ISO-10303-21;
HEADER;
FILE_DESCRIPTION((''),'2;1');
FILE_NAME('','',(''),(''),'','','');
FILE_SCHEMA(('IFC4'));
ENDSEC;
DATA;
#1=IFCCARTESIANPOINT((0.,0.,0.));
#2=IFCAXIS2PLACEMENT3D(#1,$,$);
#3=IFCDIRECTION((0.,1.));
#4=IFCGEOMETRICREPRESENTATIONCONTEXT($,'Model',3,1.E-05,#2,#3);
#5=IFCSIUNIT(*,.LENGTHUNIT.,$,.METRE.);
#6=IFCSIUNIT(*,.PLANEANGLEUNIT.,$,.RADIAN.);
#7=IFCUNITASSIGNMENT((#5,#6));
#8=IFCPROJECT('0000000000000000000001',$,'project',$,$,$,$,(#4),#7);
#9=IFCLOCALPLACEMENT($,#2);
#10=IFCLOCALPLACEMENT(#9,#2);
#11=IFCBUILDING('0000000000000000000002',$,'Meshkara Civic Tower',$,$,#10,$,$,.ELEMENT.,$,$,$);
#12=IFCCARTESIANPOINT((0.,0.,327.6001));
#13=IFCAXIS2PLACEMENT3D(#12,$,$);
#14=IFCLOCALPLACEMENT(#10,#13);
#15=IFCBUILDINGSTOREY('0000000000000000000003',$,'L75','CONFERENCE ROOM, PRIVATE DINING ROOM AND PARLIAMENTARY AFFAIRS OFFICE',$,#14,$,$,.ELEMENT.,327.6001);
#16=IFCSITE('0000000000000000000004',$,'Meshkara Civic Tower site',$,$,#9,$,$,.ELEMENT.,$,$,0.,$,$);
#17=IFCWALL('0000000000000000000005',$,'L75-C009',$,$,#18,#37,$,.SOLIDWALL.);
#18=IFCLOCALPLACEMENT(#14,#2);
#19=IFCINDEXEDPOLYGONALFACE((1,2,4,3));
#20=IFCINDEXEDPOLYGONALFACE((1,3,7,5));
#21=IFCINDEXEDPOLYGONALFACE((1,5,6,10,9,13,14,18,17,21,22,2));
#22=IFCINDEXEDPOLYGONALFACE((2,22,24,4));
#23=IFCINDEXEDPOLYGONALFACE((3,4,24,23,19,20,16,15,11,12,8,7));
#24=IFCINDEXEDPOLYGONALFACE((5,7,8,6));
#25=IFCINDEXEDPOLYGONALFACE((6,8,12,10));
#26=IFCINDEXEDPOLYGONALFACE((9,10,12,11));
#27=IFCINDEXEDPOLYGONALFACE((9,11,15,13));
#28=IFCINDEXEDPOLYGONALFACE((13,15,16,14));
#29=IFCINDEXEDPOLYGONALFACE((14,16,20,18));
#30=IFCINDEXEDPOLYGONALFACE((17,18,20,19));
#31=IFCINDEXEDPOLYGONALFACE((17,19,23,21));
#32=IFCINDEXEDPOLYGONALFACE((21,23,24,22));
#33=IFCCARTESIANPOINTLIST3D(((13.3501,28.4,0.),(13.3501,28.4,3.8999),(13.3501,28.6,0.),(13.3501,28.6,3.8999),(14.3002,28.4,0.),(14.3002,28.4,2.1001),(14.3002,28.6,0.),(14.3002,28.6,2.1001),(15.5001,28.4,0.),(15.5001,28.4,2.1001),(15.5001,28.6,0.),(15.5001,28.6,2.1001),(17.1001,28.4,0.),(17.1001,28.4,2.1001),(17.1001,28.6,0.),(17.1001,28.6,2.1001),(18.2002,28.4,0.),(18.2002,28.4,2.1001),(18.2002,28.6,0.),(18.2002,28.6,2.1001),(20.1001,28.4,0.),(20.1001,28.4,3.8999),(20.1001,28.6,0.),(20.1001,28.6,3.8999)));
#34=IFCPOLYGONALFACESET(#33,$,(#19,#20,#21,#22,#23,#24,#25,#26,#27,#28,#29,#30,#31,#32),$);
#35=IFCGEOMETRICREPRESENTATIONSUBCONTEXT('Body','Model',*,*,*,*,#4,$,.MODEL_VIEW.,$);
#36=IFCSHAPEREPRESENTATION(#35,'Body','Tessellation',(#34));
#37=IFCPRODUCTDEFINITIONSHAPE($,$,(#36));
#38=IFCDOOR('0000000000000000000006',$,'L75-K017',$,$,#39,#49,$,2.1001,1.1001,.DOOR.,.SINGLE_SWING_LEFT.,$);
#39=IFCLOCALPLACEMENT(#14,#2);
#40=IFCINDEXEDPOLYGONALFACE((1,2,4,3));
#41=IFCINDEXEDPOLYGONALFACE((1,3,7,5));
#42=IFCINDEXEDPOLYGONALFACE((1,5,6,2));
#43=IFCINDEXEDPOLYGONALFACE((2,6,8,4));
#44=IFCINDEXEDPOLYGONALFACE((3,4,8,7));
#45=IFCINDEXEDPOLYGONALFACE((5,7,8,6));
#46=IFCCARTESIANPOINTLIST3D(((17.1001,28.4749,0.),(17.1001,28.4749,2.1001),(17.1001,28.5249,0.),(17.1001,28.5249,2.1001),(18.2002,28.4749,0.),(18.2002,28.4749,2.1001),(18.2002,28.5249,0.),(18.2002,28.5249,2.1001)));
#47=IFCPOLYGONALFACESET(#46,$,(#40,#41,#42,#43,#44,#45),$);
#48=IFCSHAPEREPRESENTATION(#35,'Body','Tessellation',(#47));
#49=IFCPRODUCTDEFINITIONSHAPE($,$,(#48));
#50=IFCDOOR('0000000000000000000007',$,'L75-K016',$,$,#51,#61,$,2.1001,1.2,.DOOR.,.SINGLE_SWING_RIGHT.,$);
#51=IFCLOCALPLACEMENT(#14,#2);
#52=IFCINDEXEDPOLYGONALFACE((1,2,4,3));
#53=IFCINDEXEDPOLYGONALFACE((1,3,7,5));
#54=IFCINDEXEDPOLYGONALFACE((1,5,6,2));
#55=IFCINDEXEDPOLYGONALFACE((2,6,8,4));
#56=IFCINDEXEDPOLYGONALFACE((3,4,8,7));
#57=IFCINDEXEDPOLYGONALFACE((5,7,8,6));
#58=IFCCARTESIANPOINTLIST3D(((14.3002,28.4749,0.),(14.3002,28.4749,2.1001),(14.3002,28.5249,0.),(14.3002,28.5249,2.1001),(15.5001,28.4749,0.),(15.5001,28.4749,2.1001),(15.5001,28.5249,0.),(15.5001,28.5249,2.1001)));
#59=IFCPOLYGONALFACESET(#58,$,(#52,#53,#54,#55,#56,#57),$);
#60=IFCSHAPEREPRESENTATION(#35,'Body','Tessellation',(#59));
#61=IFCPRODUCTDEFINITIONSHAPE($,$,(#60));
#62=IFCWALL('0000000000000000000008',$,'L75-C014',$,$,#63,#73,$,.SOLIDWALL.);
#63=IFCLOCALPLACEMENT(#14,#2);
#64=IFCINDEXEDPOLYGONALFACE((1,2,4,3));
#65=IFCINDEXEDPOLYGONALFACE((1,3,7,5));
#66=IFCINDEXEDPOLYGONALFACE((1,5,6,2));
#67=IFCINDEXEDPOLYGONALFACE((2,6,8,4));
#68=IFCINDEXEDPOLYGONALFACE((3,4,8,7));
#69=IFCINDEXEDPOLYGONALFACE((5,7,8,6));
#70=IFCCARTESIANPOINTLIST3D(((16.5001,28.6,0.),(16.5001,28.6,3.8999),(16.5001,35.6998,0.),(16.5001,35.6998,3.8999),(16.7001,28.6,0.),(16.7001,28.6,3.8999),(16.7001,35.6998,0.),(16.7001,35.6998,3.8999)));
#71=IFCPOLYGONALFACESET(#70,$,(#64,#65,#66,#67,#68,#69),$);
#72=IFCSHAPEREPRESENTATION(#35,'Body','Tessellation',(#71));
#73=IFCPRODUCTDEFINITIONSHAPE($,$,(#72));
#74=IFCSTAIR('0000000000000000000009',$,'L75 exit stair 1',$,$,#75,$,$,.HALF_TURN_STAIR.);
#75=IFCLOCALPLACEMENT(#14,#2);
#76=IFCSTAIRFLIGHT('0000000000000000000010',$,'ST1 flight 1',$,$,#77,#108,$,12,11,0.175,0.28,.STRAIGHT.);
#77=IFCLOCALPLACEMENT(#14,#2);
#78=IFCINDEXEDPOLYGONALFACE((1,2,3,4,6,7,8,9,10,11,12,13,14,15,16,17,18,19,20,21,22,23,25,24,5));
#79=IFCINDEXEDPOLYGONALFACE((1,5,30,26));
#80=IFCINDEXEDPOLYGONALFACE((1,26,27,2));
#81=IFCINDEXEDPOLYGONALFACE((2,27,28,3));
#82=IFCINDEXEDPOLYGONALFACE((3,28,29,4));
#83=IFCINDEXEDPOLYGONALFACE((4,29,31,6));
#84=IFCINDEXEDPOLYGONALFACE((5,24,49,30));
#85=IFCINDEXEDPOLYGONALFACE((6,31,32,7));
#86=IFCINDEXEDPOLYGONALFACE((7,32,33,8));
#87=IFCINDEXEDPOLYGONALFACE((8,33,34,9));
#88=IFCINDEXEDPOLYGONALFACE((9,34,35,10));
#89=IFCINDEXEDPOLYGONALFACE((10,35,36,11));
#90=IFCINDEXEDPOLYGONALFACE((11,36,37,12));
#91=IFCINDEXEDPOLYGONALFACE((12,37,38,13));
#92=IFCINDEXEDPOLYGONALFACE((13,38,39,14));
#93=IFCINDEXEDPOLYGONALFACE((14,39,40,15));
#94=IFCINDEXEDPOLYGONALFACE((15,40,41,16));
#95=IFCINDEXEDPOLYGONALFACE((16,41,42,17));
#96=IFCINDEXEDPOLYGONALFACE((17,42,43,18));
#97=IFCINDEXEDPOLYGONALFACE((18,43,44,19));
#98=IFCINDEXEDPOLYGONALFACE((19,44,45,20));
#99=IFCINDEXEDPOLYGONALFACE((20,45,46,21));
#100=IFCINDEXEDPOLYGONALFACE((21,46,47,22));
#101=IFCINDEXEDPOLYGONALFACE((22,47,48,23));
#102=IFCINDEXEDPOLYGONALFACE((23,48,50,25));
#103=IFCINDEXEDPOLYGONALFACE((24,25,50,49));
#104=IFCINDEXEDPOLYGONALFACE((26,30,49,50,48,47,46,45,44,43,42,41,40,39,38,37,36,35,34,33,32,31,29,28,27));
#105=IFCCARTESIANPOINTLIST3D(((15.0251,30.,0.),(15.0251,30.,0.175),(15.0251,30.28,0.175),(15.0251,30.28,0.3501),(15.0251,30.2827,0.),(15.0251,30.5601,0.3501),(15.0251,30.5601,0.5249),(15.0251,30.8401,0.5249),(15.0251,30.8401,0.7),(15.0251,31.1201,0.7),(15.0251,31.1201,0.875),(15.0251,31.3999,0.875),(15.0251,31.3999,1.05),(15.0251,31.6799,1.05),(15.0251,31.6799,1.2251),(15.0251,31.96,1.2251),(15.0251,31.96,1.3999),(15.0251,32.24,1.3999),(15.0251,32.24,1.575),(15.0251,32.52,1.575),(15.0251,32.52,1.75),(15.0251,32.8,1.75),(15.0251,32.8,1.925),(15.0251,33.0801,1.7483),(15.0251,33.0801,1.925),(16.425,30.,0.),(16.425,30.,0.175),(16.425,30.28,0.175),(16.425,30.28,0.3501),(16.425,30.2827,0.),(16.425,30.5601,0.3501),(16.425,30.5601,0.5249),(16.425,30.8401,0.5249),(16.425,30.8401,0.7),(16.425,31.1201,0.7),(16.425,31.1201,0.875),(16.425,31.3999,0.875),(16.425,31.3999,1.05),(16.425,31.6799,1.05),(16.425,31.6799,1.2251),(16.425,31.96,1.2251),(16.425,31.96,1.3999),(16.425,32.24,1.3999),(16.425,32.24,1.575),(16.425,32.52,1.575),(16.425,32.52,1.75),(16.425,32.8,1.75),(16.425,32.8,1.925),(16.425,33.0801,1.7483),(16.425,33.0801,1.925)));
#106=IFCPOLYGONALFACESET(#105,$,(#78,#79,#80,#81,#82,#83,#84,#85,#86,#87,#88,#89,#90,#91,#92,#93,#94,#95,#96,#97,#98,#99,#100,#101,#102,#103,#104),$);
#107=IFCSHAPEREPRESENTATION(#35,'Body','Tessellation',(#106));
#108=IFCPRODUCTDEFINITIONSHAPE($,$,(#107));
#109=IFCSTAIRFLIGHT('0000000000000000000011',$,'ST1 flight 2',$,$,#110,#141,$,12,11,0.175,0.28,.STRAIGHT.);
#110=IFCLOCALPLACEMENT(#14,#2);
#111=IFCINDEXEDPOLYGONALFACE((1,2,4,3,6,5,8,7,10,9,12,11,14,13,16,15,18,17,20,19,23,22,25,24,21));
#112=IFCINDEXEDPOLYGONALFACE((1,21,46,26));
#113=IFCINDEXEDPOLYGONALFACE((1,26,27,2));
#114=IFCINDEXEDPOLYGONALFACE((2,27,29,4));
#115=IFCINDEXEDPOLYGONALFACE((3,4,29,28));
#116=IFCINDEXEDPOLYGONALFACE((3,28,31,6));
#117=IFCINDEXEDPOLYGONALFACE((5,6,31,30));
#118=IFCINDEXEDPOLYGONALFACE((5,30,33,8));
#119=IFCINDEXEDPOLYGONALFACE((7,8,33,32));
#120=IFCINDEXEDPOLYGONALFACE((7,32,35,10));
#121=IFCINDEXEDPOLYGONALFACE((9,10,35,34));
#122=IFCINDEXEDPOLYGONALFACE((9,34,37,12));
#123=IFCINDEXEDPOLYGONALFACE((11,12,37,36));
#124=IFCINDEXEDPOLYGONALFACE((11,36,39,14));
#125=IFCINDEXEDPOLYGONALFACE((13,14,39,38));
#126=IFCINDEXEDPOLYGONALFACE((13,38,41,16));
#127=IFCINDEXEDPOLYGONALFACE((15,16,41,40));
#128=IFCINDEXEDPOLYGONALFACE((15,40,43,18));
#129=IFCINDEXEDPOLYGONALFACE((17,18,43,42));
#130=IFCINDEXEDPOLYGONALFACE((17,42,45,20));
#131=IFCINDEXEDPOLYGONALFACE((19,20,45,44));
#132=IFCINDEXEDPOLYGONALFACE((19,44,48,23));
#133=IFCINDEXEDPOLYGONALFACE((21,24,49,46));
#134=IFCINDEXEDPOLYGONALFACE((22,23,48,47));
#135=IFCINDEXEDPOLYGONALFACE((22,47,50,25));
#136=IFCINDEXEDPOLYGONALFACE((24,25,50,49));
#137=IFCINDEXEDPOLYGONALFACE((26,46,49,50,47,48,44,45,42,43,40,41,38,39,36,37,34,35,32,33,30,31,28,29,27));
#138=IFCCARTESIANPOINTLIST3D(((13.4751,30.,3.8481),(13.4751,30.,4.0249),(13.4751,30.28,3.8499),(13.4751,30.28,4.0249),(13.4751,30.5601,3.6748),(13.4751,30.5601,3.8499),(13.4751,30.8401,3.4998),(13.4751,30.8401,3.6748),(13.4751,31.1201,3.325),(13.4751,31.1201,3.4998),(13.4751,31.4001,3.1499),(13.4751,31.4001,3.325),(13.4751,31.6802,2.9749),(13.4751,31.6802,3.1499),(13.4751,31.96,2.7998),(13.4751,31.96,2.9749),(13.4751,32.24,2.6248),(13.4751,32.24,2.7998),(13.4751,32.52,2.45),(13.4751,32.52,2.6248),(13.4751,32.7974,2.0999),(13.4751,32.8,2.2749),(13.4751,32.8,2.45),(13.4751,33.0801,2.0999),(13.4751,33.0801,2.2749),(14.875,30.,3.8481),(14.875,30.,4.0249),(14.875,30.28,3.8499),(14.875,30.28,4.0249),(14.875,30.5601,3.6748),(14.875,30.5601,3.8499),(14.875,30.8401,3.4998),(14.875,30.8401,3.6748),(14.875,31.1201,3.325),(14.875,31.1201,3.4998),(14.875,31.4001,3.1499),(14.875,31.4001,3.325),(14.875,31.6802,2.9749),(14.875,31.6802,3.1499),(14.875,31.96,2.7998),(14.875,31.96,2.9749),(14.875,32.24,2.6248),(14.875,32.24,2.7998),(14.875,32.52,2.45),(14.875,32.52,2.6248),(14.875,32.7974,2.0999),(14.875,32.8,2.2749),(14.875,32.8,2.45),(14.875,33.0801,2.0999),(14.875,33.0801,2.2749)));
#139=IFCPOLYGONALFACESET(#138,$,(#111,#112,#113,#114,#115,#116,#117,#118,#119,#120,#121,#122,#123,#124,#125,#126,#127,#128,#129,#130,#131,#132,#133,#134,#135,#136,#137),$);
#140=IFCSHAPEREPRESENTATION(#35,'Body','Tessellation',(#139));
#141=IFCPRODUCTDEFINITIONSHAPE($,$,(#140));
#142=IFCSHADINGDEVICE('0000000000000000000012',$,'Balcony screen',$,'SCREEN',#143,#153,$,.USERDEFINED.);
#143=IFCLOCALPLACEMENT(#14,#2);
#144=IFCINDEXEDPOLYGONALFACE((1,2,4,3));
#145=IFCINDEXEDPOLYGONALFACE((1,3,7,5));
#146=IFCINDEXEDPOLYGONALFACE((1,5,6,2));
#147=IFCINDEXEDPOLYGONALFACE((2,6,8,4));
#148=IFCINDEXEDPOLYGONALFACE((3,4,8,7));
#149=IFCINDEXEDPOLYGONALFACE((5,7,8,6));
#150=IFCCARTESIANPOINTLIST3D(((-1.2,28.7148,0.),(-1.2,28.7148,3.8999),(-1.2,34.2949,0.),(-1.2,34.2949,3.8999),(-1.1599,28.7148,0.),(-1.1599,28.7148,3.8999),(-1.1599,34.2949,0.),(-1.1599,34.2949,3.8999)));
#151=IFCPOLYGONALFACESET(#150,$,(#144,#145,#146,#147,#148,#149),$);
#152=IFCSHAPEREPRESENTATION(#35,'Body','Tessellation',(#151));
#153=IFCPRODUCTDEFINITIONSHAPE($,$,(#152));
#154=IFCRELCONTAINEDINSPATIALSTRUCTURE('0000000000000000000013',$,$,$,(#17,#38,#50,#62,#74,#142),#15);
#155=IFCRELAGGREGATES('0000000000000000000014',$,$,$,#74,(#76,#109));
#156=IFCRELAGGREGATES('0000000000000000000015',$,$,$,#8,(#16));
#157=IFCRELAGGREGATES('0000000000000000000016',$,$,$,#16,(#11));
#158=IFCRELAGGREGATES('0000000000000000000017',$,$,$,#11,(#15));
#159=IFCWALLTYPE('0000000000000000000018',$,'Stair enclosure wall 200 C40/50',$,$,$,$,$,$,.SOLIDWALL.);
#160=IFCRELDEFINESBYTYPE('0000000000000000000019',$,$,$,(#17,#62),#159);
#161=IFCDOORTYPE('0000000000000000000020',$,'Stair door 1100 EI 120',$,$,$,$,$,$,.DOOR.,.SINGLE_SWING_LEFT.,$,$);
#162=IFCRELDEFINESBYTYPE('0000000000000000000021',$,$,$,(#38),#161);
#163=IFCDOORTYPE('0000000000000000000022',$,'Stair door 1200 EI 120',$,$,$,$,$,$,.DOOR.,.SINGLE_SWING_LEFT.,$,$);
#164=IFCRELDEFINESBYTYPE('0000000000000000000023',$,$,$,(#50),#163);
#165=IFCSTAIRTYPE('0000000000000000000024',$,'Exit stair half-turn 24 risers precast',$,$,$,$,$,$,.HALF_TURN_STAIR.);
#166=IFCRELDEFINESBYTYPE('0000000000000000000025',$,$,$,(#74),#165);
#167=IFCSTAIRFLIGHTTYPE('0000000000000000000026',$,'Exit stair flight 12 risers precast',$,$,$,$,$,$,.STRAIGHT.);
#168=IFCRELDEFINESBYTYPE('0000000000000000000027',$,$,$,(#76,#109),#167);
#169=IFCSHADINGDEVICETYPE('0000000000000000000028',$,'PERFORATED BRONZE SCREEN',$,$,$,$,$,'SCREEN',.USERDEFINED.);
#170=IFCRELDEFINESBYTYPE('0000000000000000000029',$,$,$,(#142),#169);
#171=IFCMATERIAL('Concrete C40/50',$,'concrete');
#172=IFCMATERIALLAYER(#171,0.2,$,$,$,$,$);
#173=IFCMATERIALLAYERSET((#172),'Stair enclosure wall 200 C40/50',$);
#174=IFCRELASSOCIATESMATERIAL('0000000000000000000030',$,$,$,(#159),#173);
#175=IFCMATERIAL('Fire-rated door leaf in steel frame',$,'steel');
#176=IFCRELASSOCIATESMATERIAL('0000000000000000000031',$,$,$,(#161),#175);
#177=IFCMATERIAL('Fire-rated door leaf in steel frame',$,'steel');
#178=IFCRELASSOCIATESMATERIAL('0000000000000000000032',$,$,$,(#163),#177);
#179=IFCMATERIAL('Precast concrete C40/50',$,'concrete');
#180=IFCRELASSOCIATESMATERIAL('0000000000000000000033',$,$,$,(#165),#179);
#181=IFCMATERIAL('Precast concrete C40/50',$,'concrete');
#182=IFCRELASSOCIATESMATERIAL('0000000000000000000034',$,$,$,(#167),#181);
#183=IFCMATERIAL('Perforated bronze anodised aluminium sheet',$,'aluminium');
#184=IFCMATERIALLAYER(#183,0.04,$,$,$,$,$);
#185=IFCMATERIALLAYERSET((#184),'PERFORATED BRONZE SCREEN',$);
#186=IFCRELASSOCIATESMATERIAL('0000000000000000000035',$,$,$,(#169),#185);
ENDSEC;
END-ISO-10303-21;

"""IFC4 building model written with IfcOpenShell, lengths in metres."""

from ifc_helpers import new_model, si_unit, direction, frame, frame_2d, origin, origin_2d, place, context, subcontext, project, spatial, polyline, rectangle, outline, extrude, material, layer, layer_set, type_object, element, fill, aggregate, save


model = new_model("IFC4")

# Units and contexts
model_context = context("Model", 3, precision=1e-05, world=origin(), true_north=direction((0.0, 1.0)))
body_context = subcontext(model_context, "Body", "Model", "MODEL_VIEW")
ifc_project = project(units=[si_unit("LENGTHUNIT", "METRE"), si_unit("PLANEANGLEUNIT", "RADIAN")], contexts=[model_context])

# Site, building, storey
site_placement = place(None, origin())
site = spatial("IfcSite", under=ifc_project, at=site_placement, Name="Meshkara Civic Tower site", CompositionType="ELEMENT", RefElevation=0.0)
building_placement = place(site_placement, origin())
building = spatial("IfcBuilding", under=site, at=building_placement, Name="Meshkara Civic Tower", CompositionType="ELEMENT")
storey_placement = place(building_placement, frame((0.0, 0.0, 327.6001)))
storey = spatial("IfcBuildingStorey", under=building, at=storey_placement, Name="L75", Description="CONFERENCE ROOM, PRIVATE DINING ROOM AND PARLIAMENTARY AFFAIRS OFFICE", CompositionType="ELEMENT", Elevation=327.6001)

# Wall, openings, doors
ifc_material_1 = material(Name="Concrete C40/50", Category="concrete")
ifc_layer_1 = layer(ifc_material_1, 0.2)
ifc_layer_set_1 = layer_set([ifc_layer_1], Name="Stair enclosure wall 200 C40/50")
wall_type_1 = type_object("IfcWallType", Name="Stair enclosure wall 200 C40/50", PredefinedType="SOLIDWALL", material=ifc_layer_set_1)
wall_1_placement = place(storey_placement, frame((13.3501, 28.5, 0.0), z_axis=(0.0, 0.0, 1.0), x_axis=(1.0, 0.0, 0.0)))
wall_1 = element("IfcWall", 1, at=wall_1_placement, inside=storey, type_object=wall_type_1, Name="L75-C009", PredefinedType="SOLIDWALL", context=body_context, shape_type="SweptSolid", body=[
    extrude(rectangle(XDim=6.75, YDim=0.2, at=frame_2d((3.375, 0.0))), origin(), (0.0, 0.0, 1.0), 3.8999),
])
opening_1_placement = place(wall_1_placement, frame((0.95, 0.0, 0.0)))
opening_1 = element("IfcOpeningElement", 2, at=opening_1_placement, cuts=wall_1, PredefinedType="OPENING", context=body_context, shape_type="SweptSolid", body=[
    extrude(rectangle(XDim=1.2, YDim=2.1001, at=frame_2d((0.6001, 1.05))), frame((0.0, 0.1099, 0.0), z_axis=(0.0, -1.0, 0.0), x_axis=(1.0, 0.0, 0.0)), (0.0, 0.0, 1.0), 0.22),
])
opening_2_placement = place(wall_1_placement, frame((3.75, 0.0, 0.0)))
opening_2 = element("IfcOpeningElement", 3, at=opening_2_placement, cuts=wall_1, PredefinedType="OPENING", context=body_context, shape_type="SweptSolid", body=[
    extrude(rectangle(XDim=1.1001, YDim=2.1001, at=frame_2d((0.55, 1.05))), frame((0.0, 0.1099, 0.0), z_axis=(0.0, -1.0, 0.0), x_axis=(1.0, 0.0, 0.0)), (0.0, 0.0, 1.0), 0.22),
])
ifc_material_2 = material(Name="Fire-rated door leaf in steel frame", Category="steel")
door_type_1 = type_object("IfcDoorType", Name="Stair door 1100 EI 120", OperationType="SINGLE_SWING_LEFT", PredefinedType="DOOR", material=ifc_material_2)
door_1_placement = place(opening_2_placement, origin())
door_1 = element("IfcDoor", 4, at=door_1_placement, inside=storey, type_object=door_type_1, Name="L75-K017", OperationType="SINGLE_SWING_LEFT", OverallHeight=2.1001, OverallWidth=1.1001, PredefinedType="DOOR", context=body_context, shape_type="SweptSolid", body=[
    extrude(rectangle(XDim=1.1001, YDim=2.1001, at=frame_2d((0.55, 1.05))), frame((0.0, 0.0249, 0.0), z_axis=(0.0, -1.0, 0.0), x_axis=(1.0, 0.0, 0.0)), (0.0, 0.0, 1.0), 0.05),
])
fill(opening_2, door_1)
ifc_material_3 = material(Name="Fire-rated door leaf in steel frame", Category="steel")
door_type_2 = type_object("IfcDoorType", Name="Stair door 1200 EI 120", OperationType="SINGLE_SWING_LEFT", PredefinedType="DOOR", material=ifc_material_3)
door_2_placement = place(opening_1_placement, origin())
door_2 = element("IfcDoor", 5, at=door_2_placement, inside=storey, type_object=door_type_2, Name="L75-K016", OperationType="SINGLE_SWING_RIGHT", OverallHeight=2.1001, OverallWidth=1.2, PredefinedType="DOOR", context=body_context, shape_type="SweptSolid", body=[
    extrude(rectangle(XDim=1.2, YDim=2.1001, at=frame_2d((0.6001, 1.05))), frame((0.0, 0.0249, 0.0), z_axis=(0.0, -1.0, 0.0), x_axis=(1.0, 0.0, 0.0)), (0.0, 0.0, 1.0), 0.05),
])
fill(opening_1, door_2)

# Wall
wall_2_placement = place(storey_placement, frame((16.6001, 28.6001, 0.0), z_axis=(0.0, 0.0, 1.0), x_axis=(0.0, 1.0, 0.0)))
element("IfcWall", 6, at=wall_2_placement, inside=storey, type_object=wall_type_1, Name="L75-C014", PredefinedType="SOLIDWALL", context=body_context, shape_type="SweptSolid", body=[
    extrude(rectangle(XDim=7.0999, YDim=0.2, at=frame_2d((3.5498, 0.0))), origin(), (0.0, 0.0, 1.0), 3.8999),
])

# Stair, stair flights
ifc_material_4 = material(Name="Precast concrete C40/50", Category="concrete")
stair_type = type_object("IfcStairType", Name="Exit stair half-turn 24 risers precast", PredefinedType="HALF_TURN_STAIR", material=ifc_material_4)
stair_placement = place(storey_placement, origin())
stair = element("IfcStair", 7, at=stair_placement, inside=storey, type_object=stair_type, Name="L75 exit stair 1", PredefinedType="HALF_TURN_STAIR")
ifc_material_5 = material(Name="Precast concrete C40/50", Category="concrete")
stair_flight_type = type_object("IfcStairFlightType", Name="Exit stair flight 12 risers precast", PredefinedType="STRAIGHT", material=ifc_material_5)
stair_flight_1_placement = place(storey_placement, frame((15.7251, 30.0, 0.0), z_axis=(0.0, 0.0, 1.0), x_axis=(0.0, 1.0, 0.0)))
stair_flight_1 = element("IfcStairFlight", 8, at=stair_flight_1_placement, type_object=stair_flight_type, Name="ST1 flight 1", NumberOfRisers=12, NumberOfTreads=11, PredefinedType="STRAIGHT", RiserHeight=0.175, TreadLength=0.28, context=body_context, shape_type="SweptSolid", body=[
    extrude(outline(polyline([(0.0, 0.0), (0.0, 0.175), (0.28, 0.175), (0.28, 0.3501), (0.5601, 0.3501), (0.5601, 0.5249), (0.8401, 0.5249), (0.8401, 0.7), (1.1201, 0.7), (1.1201, 0.875), (1.3999, 0.875), (1.3999, 1.05), (1.6799, 1.05), (1.6799, 1.2251), (1.96, 1.2251), (1.96, 1.3999), (2.24, 1.3999), (2.24, 1.575), (2.52, 1.575), (2.52, 1.75), (2.8, 1.75), (2.8, 1.925), (3.0801, 1.925), (3.0801, 2.1001), (3.0801, 1.7483), (0.2827, 0.0), (0.0, 0.0)])), frame((0.0, 0.7, 0.0), z_axis=(0.0, -1.0, 0.0), x_axis=(1.0, 0.0, 0.0)), (0.0, 0.0, 1.0), 1.3999),
])
stair_flight_2_placement = place(storey_placement, frame((14.175, 33.0801, 2.0999), z_axis=(0.0, 0.0, 1.0), x_axis=(0.0, -1.0, 0.0)))
stair_flight_2 = element("IfcStairFlight", 9, at=stair_flight_2_placement, type_object=stair_flight_type, Name="ST1 flight 2", NumberOfRisers=12, NumberOfTreads=11, PredefinedType="STRAIGHT", RiserHeight=0.175, TreadLength=0.28, context=body_context, shape_type="SweptSolid", body=[
    extrude(outline(polyline([(0.0, 0.0), (0.0, 0.175), (0.28, 0.175), (0.28, 0.3501), (0.5601, 0.3501), (0.5601, 0.5249), (0.8401, 0.5249), (0.8401, 0.7), (1.1201, 0.7), (1.1201, 0.875), (1.3999, 0.875), (1.3999, 1.05), (1.6799, 1.05), (1.6799, 1.2251), (1.96, 1.2251), (1.96, 1.3999), (2.24, 1.3999), (2.24, 1.575), (2.52, 1.575), (2.52, 1.75), (2.8, 1.75), (2.8, 1.925), (3.0801, 1.925), (3.0801, 2.1001), (3.0801, 1.7483), (0.2827, 0.0), (0.0, 0.0)])), frame((0.0, 0.7, 0.0), z_axis=(0.0, -1.0, 0.0), x_axis=(1.0, 0.0, 0.0)), (0.0, 0.0, 1.0), 1.3999),
])
aggregate(stair, [stair_flight_1, stair_flight_2])

# Shading device
ifc_material_6 = material(Name="Perforated bronze anodised aluminium sheet", Category="aluminium")
ifc_layer_2 = layer(ifc_material_6, 0.04)
ifc_layer_set_2 = layer_set([ifc_layer_2], Name="PERFORATED BRONZE SCREEN")
shading_device_type = type_object("IfcShadingDeviceType", Name="PERFORATED BRONZE SCREEN", ElementType="SCREEN", PredefinedType="USERDEFINED", material=ifc_layer_set_2)
shading_device_placement = place(storey_placement, frame((-1.1799, 31.5049, 0.0), z_axis=(0.0, 0.0, 1.0), x_axis=(0.0, -1.0, 0.0)))
element("IfcShadingDevice", 10, at=shading_device_placement, inside=storey, type_object=shading_device_type, Name="Balcony screen", ObjectType="SCREEN", PredefinedType="USERDEFINED", context=body_context, shape_type="SweptSolid", body=[
    extrude(rectangle(XDim=5.5801, YDim=0.04, at=origin_2d()), origin(), (0.0, 0.0, 1.0), 3.8999),
])

save(model, "model.ifc")
